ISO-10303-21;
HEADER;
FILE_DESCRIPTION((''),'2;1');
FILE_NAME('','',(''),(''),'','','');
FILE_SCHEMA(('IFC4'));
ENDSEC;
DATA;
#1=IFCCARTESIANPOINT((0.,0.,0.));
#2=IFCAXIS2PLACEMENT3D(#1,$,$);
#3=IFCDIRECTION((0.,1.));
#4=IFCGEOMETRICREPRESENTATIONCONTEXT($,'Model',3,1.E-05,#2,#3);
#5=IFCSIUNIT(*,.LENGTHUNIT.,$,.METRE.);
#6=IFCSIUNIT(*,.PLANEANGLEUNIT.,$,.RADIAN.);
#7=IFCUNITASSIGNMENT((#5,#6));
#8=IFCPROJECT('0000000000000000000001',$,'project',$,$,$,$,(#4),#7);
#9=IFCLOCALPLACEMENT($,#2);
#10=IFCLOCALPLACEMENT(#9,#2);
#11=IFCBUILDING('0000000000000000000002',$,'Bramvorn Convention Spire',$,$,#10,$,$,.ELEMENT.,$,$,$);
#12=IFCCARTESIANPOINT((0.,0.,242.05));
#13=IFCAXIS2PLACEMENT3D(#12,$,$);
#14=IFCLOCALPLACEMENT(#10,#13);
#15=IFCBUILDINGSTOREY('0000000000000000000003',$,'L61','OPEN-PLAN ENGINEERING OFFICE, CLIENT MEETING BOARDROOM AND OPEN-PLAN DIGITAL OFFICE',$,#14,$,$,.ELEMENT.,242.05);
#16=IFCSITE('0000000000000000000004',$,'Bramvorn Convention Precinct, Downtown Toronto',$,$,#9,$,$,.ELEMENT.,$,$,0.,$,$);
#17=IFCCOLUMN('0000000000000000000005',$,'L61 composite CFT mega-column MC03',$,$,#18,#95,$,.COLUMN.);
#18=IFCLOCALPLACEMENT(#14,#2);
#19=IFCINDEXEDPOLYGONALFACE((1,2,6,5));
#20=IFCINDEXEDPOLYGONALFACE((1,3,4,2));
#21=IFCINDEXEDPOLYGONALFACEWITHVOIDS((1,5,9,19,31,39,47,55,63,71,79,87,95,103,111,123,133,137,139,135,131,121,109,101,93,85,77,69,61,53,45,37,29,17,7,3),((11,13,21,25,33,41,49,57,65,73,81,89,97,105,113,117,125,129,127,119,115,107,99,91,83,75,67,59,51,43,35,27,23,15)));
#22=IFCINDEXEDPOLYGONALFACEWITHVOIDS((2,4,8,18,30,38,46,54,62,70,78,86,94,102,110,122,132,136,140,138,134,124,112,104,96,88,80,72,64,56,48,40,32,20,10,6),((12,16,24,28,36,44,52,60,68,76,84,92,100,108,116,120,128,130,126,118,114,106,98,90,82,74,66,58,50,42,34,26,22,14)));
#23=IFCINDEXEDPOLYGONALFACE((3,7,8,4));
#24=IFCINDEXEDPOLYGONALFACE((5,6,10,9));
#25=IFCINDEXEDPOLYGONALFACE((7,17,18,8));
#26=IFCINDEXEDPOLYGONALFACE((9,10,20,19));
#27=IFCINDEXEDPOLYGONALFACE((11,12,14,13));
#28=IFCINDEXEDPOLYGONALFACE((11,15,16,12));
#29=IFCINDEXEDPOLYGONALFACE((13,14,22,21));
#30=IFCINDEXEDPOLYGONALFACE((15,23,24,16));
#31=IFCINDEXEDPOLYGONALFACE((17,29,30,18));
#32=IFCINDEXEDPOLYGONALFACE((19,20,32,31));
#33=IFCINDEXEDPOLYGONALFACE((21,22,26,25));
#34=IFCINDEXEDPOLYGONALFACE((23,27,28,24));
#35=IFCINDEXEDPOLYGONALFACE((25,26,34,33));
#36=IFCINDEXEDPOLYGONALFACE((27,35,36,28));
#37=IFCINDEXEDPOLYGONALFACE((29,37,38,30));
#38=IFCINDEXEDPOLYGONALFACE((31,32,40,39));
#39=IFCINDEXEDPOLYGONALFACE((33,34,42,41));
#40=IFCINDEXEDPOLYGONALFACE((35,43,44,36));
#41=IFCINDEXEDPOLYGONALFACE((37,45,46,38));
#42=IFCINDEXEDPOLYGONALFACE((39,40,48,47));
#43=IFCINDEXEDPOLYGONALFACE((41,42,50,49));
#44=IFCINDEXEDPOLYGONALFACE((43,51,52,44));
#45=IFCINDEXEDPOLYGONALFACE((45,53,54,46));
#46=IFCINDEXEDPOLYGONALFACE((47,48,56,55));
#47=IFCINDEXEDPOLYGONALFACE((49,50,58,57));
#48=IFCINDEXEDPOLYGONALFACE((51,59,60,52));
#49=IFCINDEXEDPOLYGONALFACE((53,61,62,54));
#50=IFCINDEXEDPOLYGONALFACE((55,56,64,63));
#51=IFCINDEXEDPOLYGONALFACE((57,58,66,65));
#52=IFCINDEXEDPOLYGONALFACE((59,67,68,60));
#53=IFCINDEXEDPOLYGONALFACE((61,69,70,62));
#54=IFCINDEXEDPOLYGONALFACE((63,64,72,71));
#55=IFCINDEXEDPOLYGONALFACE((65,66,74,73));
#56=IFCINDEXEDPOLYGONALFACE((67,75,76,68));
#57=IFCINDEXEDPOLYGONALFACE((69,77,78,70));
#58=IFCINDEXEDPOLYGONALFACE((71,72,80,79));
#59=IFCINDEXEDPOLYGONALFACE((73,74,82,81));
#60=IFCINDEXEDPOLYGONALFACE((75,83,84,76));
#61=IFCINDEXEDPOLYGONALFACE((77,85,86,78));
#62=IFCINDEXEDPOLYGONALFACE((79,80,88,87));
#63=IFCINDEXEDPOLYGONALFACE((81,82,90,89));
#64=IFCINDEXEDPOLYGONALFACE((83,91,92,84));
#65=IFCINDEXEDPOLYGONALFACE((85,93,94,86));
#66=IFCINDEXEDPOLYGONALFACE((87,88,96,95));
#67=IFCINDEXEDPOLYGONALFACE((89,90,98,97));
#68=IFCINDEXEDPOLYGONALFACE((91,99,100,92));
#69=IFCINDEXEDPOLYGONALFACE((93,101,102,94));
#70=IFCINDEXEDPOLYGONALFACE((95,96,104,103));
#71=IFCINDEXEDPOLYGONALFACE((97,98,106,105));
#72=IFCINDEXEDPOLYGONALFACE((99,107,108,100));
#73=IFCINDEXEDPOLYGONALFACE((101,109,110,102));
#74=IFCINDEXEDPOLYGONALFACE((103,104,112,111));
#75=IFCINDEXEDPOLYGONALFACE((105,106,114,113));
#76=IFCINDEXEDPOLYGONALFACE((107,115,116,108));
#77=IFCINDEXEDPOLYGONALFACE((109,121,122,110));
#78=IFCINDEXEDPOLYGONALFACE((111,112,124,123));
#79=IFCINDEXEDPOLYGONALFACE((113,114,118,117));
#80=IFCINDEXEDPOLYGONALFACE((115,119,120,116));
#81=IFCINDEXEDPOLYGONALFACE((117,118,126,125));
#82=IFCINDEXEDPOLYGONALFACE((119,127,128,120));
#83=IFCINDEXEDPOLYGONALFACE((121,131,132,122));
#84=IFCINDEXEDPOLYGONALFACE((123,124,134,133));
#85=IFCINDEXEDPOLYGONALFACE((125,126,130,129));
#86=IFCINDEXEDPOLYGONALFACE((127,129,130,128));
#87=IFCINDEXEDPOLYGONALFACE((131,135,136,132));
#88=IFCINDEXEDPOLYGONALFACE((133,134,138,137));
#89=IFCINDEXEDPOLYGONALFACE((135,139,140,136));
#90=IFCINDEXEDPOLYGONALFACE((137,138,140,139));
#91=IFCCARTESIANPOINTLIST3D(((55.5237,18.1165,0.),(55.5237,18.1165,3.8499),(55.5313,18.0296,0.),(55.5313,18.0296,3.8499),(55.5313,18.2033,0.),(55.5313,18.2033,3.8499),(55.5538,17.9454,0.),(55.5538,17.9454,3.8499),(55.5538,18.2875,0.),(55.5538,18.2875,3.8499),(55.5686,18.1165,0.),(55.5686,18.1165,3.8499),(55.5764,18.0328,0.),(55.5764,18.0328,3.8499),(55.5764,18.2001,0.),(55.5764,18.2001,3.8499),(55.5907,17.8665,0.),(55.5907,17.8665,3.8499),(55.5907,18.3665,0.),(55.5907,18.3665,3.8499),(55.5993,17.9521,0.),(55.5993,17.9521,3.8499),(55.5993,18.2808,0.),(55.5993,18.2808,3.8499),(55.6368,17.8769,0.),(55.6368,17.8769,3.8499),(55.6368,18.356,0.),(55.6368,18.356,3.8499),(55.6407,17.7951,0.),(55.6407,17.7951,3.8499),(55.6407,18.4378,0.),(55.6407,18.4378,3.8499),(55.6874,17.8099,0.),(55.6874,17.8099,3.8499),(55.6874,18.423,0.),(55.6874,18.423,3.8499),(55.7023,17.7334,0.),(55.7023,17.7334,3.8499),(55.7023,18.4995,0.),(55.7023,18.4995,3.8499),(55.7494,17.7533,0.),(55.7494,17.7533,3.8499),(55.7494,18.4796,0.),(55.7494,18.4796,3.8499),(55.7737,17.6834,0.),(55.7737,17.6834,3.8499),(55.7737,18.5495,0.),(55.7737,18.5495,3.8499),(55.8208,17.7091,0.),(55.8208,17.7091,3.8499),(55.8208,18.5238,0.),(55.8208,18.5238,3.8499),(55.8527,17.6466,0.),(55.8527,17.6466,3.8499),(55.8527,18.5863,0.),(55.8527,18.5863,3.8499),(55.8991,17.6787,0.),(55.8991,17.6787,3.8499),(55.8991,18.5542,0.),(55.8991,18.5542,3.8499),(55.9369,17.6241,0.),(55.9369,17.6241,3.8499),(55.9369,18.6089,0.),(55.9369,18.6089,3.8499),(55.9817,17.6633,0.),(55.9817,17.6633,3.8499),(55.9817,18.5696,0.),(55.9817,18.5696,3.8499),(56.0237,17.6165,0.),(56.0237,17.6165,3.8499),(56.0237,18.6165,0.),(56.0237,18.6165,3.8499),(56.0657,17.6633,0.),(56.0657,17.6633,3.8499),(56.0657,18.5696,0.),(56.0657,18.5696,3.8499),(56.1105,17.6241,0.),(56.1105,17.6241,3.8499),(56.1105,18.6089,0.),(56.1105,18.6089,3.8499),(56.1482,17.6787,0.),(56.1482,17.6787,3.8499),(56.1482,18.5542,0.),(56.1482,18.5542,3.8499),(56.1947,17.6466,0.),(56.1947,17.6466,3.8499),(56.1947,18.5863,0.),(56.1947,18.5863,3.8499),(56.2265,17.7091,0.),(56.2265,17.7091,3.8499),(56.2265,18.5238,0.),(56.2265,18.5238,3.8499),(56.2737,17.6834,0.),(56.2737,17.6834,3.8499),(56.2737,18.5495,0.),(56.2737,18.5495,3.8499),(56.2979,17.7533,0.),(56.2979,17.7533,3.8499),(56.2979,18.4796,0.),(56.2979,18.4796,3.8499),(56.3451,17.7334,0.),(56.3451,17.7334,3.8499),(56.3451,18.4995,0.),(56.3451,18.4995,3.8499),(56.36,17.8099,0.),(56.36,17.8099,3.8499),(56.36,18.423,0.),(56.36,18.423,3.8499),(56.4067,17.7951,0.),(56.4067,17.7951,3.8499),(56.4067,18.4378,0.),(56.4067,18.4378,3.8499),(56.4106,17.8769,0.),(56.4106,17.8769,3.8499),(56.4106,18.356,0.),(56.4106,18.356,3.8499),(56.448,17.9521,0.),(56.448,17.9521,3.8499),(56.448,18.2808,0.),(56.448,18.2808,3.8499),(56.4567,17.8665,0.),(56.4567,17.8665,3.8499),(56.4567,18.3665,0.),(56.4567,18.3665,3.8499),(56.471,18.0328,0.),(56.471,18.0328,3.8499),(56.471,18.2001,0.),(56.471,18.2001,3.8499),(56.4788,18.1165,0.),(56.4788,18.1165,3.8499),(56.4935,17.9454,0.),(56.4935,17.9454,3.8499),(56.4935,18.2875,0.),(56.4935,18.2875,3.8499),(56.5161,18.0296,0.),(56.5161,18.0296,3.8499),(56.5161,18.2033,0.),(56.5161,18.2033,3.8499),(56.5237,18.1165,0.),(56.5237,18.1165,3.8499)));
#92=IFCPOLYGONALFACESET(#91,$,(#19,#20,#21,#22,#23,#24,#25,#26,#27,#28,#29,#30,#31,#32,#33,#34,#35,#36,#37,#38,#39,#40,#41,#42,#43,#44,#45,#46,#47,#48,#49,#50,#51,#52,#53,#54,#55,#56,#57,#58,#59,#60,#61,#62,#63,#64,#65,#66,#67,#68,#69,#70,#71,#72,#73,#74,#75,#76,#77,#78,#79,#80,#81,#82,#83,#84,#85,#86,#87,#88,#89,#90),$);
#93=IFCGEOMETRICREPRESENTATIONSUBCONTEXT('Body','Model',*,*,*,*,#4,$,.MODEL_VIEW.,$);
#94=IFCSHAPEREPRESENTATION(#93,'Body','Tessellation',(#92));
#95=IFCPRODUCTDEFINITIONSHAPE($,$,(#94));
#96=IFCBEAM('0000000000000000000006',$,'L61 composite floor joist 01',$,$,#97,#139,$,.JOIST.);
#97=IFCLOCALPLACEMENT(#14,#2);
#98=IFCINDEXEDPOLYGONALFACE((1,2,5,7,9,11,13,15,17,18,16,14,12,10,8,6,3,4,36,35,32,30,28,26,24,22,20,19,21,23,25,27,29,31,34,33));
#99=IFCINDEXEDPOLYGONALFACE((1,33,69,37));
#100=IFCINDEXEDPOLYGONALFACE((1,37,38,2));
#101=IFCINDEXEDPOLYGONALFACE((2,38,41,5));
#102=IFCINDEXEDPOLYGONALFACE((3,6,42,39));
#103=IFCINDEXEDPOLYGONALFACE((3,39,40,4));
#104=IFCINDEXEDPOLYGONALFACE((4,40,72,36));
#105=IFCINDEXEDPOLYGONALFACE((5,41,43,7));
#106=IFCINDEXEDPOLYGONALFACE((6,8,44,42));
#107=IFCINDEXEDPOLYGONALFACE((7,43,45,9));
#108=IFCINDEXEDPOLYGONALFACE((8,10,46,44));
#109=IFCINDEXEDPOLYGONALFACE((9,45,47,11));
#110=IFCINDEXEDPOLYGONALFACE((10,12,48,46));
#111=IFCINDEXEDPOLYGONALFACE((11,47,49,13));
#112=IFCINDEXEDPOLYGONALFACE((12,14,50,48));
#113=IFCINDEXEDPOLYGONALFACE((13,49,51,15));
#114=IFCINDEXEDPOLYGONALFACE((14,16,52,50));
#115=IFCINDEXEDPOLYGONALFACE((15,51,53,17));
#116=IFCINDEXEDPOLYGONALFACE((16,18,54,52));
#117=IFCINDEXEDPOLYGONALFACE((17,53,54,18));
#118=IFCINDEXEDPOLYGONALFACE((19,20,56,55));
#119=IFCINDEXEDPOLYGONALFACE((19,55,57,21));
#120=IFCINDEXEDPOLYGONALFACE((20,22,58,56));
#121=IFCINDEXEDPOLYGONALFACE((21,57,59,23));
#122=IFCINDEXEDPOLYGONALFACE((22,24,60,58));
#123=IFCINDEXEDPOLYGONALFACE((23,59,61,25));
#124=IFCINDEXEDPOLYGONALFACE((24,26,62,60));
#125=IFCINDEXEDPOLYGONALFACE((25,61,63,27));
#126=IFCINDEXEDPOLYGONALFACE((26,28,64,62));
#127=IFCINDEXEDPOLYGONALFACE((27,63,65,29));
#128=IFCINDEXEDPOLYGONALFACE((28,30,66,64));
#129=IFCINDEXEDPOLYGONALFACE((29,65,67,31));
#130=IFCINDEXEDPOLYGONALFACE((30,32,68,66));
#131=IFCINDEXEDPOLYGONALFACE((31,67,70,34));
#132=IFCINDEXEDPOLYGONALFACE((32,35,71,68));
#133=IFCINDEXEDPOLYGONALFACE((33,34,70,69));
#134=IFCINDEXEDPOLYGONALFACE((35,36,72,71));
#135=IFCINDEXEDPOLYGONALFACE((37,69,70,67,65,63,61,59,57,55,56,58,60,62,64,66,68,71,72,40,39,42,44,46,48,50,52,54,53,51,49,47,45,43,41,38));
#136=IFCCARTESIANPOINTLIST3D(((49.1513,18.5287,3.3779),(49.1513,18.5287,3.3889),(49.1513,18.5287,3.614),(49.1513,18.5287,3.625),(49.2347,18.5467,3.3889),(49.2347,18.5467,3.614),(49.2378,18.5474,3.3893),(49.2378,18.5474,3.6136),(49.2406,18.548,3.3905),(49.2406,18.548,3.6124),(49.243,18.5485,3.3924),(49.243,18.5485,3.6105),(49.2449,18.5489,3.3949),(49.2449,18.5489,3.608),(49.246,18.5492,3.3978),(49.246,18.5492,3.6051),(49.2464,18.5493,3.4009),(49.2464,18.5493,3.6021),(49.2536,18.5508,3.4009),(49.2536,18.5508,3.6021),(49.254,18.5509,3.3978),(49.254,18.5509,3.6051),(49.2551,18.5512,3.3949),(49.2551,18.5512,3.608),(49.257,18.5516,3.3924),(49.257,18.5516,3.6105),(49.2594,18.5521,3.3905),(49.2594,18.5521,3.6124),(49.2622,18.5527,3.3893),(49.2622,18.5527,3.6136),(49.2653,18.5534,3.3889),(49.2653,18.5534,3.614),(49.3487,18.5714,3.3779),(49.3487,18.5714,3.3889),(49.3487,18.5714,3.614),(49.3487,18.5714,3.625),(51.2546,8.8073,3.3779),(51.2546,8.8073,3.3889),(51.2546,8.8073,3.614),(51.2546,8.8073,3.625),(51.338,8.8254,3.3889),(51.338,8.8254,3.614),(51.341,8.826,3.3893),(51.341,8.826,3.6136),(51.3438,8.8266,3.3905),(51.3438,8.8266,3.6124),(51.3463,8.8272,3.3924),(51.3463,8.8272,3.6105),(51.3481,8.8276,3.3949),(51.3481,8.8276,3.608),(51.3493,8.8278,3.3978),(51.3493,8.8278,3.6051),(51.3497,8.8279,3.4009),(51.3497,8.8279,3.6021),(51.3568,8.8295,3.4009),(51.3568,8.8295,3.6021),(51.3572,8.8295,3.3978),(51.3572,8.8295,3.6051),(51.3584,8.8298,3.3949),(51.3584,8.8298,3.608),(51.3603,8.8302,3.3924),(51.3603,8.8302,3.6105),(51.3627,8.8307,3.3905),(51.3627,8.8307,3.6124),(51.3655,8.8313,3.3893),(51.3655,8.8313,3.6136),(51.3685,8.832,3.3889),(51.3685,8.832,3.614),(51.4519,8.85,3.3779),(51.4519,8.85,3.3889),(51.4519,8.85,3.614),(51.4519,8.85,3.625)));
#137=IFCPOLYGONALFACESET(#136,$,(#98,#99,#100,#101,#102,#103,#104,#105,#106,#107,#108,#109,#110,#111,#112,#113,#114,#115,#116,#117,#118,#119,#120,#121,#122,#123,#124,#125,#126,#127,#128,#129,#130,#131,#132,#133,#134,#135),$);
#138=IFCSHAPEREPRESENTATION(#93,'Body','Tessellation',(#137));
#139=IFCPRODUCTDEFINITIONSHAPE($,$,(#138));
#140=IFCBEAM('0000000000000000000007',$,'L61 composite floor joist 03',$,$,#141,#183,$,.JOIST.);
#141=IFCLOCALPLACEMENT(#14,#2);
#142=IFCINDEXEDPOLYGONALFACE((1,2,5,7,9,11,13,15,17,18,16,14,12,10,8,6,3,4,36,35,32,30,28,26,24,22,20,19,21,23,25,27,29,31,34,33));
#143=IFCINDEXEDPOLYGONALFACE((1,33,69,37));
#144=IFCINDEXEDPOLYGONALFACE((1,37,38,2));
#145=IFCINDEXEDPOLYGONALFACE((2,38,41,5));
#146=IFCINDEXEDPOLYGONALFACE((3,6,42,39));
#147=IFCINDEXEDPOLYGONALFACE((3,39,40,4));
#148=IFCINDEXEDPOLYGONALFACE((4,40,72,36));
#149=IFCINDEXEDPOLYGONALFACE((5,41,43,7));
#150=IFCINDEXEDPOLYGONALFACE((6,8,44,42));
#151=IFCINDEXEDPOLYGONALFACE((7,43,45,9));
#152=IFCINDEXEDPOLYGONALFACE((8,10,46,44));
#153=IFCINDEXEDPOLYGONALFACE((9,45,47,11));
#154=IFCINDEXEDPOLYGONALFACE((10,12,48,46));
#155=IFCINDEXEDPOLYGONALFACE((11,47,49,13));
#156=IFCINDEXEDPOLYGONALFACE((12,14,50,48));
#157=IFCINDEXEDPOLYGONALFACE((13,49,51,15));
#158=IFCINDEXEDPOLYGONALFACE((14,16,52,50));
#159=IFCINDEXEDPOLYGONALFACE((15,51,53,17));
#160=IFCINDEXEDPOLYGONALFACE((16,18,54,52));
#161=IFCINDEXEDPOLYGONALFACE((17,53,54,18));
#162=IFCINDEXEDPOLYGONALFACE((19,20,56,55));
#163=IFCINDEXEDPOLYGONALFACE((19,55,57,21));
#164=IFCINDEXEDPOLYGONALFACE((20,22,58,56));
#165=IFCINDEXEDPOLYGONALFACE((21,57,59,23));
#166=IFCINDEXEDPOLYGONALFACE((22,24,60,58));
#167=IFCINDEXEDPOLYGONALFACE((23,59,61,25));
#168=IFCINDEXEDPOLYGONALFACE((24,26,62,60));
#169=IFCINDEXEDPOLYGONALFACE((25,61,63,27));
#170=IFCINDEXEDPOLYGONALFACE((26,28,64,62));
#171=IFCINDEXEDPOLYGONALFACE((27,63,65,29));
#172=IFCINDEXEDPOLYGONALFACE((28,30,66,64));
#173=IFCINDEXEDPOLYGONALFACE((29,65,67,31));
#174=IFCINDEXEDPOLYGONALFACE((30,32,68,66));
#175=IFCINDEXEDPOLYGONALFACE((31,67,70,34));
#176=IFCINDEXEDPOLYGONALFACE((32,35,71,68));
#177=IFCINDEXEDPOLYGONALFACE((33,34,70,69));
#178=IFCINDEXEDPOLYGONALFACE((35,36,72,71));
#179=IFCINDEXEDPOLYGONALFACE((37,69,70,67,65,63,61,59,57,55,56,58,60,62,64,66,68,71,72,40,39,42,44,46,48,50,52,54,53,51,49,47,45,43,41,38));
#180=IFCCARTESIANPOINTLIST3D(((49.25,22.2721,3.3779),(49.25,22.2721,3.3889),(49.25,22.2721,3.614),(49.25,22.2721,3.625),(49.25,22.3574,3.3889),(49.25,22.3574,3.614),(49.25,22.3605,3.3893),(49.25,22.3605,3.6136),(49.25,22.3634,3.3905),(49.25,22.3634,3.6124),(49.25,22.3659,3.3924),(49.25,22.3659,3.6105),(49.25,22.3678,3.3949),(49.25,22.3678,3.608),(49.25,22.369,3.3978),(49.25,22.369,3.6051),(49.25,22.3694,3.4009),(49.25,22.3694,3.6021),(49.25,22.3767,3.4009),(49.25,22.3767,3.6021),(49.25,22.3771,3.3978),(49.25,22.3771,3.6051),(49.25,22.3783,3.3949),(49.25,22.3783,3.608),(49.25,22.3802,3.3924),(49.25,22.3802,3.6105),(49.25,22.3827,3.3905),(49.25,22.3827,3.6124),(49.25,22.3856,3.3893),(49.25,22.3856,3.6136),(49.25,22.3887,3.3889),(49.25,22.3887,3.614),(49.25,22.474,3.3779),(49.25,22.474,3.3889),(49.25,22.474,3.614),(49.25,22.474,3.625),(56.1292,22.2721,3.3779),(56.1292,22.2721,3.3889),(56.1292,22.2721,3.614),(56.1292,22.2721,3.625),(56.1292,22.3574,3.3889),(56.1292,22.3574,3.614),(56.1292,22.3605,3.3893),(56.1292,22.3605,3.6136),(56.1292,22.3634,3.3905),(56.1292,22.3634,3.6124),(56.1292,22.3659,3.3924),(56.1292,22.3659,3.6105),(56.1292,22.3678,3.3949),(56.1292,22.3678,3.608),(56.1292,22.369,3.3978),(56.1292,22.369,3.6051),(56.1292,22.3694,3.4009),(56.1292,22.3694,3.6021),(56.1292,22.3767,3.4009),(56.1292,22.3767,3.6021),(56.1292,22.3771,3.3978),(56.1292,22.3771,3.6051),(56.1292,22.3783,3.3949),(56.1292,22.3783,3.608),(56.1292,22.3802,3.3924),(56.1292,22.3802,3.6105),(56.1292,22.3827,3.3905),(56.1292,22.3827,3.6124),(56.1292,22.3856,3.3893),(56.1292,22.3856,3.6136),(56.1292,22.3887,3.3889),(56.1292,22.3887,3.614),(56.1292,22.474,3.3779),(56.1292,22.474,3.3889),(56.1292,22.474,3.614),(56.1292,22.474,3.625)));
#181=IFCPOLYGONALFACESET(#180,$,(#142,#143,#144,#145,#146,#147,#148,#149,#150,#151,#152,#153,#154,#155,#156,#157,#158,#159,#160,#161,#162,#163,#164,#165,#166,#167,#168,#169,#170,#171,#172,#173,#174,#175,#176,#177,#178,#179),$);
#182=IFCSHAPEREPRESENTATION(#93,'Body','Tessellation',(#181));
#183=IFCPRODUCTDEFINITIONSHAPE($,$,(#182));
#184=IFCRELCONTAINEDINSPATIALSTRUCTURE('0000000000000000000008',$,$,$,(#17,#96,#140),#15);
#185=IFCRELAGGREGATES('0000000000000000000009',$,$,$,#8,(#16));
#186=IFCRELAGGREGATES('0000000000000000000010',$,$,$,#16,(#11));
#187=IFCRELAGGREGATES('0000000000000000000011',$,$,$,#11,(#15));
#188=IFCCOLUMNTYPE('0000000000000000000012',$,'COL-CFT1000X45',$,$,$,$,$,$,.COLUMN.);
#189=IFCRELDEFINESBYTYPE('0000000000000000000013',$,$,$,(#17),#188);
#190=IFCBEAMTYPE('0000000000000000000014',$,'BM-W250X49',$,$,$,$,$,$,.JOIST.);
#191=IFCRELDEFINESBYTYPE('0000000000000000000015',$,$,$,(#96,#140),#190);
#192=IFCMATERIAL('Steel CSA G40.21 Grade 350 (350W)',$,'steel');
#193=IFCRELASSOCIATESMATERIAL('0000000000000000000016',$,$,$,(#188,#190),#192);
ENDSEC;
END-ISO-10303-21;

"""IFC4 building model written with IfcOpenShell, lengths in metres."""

from ifc_helpers import new_model, si_unit, direction, frame, origin, origin_2d, place, context, subcontext, project, spatial, hollow_circle, i_section, extrude, material, material_profile, profile_set, type_object, element, save


model = new_model("IFC4")

# Units and contexts
model_context = context("Model", 3, precision=1e-05, world=origin(), true_north=direction((0.0, 1.0)))
body_context = subcontext(model_context, "Body", "Model", "MODEL_VIEW")
ifc_project = project(units=[si_unit("LENGTHUNIT", "METRE"), si_unit("PLANEANGLEUNIT", "RADIAN")], contexts=[model_context])

# Site, building, storey
site_placement = place(None, origin())
site = spatial("IfcSite", under=ifc_project, at=site_placement, Name="Bramvorn Convention Precinct, Downtown Toronto", CompositionType="ELEMENT", RefElevation=0.0)
building_placement = place(site_placement, origin())
building = spatial("IfcBuilding", under=site, at=building_placement, Name="Bramvorn Convention Spire", CompositionType="ELEMENT")
storey_placement = place(building_placement, frame((0.0, 0.0, 242.05)))
storey = spatial("IfcBuildingStorey", under=building, at=storey_placement, Name="L61", Description="OPEN-PLAN ENGINEERING OFFICE, CLIENT MEETING BOARDROOM AND OPEN-PLAN DIGITAL OFFICE", CompositionType="ELEMENT", Elevation=242.05)

# Column
ifc_material_1 = material(Name="Steel CSA G40.21 Grade 350 (350W)", Category="steel")
ifc_material_profile_1 = material_profile(ifc_material_1, hollow_circle(Radius=0.5, WallThickness=0.0449, at=origin_2d()))
ifc_profile_set_1 = profile_set([ifc_material_profile_1], Name="Steel CSA G40.21 Grade 350 (350W) - CFT1000X45")
column_type = type_object("IfcColumnType", Name="COL-CFT1000X45", PredefinedType="COLUMN", material=ifc_profile_set_1)
for number, where, z_axis, x_axis, name in (
    (1, (56.0237, 18.1165, 0.0), (0.0, 0.0, 1.0), (1.0, 0.0, 0.0), "L61 composite CFT mega-column MC03"),
):
    element("IfcColumn", number, at=place(storey_placement, frame(where, z_axis=z_axis, x_axis=x_axis)), inside=storey, type_object=column_type, Name=name, PredefinedType="COLUMN", context=body_context, shape_type="SweptSolid", body=[
        extrude(hollow_circle(Radius=0.5, WallThickness=0.0449, at=origin_2d()), origin(), (0.0, 0.0, 1.0), 3.8499),
    ])

# Beams
ifc_material_profile_2 = material_profile(ifc_material_1, i_section(OverallWidth=0.2019, OverallDepth=0.2471, WebThickness=0.0073, FlangeThickness=0.011, FilletRadius=0.012, at=origin_2d()))
ifc_profile_set_2 = profile_set([ifc_material_profile_2], Name="Steel CSA G40.21 Grade 350 (350W) - W250X49")
beam_type_1 = type_object("IfcBeamType", Name="BM-W250X49", PredefinedType="JOIST", material=ifc_profile_set_2)
beam_1_placement = place(storey_placement, frame((49.25, 18.55, 3.5015), z_axis=(0.211461, -0.977386, 0.0), x_axis=(0.977386, 0.211461, 0.0)))
element("IfcBeam", 2, at=beam_1_placement, inside=storey, type_object=beam_type_1, Name="L61 composite floor joist 01", PredefinedType="JOIST", context=body_context, shape_type="SweptSolid", body=[
    extrude(i_section(OverallWidth=0.2019, OverallDepth=0.2471, WebThickness=0.0073, FlangeThickness=0.011, FilletRadius=0.012, at=origin_2d()), origin(), (0.0, 0.0, 1.0), 9.9463),
])
beam_2_placement = place(storey_placement, frame((49.25, 22.373, 3.5015), z_axis=(1.0, 0.0, 0.0), x_axis=(0.0, 1.0, 0.0)))
element("IfcBeam", 3, at=beam_2_placement, inside=storey, type_object=beam_type_1, Name="L61 composite floor joist 03", PredefinedType="JOIST", context=body_context, shape_type="SweptSolid", body=[
    extrude(i_section(OverallWidth=0.2019, OverallDepth=0.2471, WebThickness=0.0073, FlangeThickness=0.011, FilletRadius=0.012, at=origin_2d()), origin(), (0.0, 0.0, 1.0), 6.8792),
])

save(model, "model.ifc")
